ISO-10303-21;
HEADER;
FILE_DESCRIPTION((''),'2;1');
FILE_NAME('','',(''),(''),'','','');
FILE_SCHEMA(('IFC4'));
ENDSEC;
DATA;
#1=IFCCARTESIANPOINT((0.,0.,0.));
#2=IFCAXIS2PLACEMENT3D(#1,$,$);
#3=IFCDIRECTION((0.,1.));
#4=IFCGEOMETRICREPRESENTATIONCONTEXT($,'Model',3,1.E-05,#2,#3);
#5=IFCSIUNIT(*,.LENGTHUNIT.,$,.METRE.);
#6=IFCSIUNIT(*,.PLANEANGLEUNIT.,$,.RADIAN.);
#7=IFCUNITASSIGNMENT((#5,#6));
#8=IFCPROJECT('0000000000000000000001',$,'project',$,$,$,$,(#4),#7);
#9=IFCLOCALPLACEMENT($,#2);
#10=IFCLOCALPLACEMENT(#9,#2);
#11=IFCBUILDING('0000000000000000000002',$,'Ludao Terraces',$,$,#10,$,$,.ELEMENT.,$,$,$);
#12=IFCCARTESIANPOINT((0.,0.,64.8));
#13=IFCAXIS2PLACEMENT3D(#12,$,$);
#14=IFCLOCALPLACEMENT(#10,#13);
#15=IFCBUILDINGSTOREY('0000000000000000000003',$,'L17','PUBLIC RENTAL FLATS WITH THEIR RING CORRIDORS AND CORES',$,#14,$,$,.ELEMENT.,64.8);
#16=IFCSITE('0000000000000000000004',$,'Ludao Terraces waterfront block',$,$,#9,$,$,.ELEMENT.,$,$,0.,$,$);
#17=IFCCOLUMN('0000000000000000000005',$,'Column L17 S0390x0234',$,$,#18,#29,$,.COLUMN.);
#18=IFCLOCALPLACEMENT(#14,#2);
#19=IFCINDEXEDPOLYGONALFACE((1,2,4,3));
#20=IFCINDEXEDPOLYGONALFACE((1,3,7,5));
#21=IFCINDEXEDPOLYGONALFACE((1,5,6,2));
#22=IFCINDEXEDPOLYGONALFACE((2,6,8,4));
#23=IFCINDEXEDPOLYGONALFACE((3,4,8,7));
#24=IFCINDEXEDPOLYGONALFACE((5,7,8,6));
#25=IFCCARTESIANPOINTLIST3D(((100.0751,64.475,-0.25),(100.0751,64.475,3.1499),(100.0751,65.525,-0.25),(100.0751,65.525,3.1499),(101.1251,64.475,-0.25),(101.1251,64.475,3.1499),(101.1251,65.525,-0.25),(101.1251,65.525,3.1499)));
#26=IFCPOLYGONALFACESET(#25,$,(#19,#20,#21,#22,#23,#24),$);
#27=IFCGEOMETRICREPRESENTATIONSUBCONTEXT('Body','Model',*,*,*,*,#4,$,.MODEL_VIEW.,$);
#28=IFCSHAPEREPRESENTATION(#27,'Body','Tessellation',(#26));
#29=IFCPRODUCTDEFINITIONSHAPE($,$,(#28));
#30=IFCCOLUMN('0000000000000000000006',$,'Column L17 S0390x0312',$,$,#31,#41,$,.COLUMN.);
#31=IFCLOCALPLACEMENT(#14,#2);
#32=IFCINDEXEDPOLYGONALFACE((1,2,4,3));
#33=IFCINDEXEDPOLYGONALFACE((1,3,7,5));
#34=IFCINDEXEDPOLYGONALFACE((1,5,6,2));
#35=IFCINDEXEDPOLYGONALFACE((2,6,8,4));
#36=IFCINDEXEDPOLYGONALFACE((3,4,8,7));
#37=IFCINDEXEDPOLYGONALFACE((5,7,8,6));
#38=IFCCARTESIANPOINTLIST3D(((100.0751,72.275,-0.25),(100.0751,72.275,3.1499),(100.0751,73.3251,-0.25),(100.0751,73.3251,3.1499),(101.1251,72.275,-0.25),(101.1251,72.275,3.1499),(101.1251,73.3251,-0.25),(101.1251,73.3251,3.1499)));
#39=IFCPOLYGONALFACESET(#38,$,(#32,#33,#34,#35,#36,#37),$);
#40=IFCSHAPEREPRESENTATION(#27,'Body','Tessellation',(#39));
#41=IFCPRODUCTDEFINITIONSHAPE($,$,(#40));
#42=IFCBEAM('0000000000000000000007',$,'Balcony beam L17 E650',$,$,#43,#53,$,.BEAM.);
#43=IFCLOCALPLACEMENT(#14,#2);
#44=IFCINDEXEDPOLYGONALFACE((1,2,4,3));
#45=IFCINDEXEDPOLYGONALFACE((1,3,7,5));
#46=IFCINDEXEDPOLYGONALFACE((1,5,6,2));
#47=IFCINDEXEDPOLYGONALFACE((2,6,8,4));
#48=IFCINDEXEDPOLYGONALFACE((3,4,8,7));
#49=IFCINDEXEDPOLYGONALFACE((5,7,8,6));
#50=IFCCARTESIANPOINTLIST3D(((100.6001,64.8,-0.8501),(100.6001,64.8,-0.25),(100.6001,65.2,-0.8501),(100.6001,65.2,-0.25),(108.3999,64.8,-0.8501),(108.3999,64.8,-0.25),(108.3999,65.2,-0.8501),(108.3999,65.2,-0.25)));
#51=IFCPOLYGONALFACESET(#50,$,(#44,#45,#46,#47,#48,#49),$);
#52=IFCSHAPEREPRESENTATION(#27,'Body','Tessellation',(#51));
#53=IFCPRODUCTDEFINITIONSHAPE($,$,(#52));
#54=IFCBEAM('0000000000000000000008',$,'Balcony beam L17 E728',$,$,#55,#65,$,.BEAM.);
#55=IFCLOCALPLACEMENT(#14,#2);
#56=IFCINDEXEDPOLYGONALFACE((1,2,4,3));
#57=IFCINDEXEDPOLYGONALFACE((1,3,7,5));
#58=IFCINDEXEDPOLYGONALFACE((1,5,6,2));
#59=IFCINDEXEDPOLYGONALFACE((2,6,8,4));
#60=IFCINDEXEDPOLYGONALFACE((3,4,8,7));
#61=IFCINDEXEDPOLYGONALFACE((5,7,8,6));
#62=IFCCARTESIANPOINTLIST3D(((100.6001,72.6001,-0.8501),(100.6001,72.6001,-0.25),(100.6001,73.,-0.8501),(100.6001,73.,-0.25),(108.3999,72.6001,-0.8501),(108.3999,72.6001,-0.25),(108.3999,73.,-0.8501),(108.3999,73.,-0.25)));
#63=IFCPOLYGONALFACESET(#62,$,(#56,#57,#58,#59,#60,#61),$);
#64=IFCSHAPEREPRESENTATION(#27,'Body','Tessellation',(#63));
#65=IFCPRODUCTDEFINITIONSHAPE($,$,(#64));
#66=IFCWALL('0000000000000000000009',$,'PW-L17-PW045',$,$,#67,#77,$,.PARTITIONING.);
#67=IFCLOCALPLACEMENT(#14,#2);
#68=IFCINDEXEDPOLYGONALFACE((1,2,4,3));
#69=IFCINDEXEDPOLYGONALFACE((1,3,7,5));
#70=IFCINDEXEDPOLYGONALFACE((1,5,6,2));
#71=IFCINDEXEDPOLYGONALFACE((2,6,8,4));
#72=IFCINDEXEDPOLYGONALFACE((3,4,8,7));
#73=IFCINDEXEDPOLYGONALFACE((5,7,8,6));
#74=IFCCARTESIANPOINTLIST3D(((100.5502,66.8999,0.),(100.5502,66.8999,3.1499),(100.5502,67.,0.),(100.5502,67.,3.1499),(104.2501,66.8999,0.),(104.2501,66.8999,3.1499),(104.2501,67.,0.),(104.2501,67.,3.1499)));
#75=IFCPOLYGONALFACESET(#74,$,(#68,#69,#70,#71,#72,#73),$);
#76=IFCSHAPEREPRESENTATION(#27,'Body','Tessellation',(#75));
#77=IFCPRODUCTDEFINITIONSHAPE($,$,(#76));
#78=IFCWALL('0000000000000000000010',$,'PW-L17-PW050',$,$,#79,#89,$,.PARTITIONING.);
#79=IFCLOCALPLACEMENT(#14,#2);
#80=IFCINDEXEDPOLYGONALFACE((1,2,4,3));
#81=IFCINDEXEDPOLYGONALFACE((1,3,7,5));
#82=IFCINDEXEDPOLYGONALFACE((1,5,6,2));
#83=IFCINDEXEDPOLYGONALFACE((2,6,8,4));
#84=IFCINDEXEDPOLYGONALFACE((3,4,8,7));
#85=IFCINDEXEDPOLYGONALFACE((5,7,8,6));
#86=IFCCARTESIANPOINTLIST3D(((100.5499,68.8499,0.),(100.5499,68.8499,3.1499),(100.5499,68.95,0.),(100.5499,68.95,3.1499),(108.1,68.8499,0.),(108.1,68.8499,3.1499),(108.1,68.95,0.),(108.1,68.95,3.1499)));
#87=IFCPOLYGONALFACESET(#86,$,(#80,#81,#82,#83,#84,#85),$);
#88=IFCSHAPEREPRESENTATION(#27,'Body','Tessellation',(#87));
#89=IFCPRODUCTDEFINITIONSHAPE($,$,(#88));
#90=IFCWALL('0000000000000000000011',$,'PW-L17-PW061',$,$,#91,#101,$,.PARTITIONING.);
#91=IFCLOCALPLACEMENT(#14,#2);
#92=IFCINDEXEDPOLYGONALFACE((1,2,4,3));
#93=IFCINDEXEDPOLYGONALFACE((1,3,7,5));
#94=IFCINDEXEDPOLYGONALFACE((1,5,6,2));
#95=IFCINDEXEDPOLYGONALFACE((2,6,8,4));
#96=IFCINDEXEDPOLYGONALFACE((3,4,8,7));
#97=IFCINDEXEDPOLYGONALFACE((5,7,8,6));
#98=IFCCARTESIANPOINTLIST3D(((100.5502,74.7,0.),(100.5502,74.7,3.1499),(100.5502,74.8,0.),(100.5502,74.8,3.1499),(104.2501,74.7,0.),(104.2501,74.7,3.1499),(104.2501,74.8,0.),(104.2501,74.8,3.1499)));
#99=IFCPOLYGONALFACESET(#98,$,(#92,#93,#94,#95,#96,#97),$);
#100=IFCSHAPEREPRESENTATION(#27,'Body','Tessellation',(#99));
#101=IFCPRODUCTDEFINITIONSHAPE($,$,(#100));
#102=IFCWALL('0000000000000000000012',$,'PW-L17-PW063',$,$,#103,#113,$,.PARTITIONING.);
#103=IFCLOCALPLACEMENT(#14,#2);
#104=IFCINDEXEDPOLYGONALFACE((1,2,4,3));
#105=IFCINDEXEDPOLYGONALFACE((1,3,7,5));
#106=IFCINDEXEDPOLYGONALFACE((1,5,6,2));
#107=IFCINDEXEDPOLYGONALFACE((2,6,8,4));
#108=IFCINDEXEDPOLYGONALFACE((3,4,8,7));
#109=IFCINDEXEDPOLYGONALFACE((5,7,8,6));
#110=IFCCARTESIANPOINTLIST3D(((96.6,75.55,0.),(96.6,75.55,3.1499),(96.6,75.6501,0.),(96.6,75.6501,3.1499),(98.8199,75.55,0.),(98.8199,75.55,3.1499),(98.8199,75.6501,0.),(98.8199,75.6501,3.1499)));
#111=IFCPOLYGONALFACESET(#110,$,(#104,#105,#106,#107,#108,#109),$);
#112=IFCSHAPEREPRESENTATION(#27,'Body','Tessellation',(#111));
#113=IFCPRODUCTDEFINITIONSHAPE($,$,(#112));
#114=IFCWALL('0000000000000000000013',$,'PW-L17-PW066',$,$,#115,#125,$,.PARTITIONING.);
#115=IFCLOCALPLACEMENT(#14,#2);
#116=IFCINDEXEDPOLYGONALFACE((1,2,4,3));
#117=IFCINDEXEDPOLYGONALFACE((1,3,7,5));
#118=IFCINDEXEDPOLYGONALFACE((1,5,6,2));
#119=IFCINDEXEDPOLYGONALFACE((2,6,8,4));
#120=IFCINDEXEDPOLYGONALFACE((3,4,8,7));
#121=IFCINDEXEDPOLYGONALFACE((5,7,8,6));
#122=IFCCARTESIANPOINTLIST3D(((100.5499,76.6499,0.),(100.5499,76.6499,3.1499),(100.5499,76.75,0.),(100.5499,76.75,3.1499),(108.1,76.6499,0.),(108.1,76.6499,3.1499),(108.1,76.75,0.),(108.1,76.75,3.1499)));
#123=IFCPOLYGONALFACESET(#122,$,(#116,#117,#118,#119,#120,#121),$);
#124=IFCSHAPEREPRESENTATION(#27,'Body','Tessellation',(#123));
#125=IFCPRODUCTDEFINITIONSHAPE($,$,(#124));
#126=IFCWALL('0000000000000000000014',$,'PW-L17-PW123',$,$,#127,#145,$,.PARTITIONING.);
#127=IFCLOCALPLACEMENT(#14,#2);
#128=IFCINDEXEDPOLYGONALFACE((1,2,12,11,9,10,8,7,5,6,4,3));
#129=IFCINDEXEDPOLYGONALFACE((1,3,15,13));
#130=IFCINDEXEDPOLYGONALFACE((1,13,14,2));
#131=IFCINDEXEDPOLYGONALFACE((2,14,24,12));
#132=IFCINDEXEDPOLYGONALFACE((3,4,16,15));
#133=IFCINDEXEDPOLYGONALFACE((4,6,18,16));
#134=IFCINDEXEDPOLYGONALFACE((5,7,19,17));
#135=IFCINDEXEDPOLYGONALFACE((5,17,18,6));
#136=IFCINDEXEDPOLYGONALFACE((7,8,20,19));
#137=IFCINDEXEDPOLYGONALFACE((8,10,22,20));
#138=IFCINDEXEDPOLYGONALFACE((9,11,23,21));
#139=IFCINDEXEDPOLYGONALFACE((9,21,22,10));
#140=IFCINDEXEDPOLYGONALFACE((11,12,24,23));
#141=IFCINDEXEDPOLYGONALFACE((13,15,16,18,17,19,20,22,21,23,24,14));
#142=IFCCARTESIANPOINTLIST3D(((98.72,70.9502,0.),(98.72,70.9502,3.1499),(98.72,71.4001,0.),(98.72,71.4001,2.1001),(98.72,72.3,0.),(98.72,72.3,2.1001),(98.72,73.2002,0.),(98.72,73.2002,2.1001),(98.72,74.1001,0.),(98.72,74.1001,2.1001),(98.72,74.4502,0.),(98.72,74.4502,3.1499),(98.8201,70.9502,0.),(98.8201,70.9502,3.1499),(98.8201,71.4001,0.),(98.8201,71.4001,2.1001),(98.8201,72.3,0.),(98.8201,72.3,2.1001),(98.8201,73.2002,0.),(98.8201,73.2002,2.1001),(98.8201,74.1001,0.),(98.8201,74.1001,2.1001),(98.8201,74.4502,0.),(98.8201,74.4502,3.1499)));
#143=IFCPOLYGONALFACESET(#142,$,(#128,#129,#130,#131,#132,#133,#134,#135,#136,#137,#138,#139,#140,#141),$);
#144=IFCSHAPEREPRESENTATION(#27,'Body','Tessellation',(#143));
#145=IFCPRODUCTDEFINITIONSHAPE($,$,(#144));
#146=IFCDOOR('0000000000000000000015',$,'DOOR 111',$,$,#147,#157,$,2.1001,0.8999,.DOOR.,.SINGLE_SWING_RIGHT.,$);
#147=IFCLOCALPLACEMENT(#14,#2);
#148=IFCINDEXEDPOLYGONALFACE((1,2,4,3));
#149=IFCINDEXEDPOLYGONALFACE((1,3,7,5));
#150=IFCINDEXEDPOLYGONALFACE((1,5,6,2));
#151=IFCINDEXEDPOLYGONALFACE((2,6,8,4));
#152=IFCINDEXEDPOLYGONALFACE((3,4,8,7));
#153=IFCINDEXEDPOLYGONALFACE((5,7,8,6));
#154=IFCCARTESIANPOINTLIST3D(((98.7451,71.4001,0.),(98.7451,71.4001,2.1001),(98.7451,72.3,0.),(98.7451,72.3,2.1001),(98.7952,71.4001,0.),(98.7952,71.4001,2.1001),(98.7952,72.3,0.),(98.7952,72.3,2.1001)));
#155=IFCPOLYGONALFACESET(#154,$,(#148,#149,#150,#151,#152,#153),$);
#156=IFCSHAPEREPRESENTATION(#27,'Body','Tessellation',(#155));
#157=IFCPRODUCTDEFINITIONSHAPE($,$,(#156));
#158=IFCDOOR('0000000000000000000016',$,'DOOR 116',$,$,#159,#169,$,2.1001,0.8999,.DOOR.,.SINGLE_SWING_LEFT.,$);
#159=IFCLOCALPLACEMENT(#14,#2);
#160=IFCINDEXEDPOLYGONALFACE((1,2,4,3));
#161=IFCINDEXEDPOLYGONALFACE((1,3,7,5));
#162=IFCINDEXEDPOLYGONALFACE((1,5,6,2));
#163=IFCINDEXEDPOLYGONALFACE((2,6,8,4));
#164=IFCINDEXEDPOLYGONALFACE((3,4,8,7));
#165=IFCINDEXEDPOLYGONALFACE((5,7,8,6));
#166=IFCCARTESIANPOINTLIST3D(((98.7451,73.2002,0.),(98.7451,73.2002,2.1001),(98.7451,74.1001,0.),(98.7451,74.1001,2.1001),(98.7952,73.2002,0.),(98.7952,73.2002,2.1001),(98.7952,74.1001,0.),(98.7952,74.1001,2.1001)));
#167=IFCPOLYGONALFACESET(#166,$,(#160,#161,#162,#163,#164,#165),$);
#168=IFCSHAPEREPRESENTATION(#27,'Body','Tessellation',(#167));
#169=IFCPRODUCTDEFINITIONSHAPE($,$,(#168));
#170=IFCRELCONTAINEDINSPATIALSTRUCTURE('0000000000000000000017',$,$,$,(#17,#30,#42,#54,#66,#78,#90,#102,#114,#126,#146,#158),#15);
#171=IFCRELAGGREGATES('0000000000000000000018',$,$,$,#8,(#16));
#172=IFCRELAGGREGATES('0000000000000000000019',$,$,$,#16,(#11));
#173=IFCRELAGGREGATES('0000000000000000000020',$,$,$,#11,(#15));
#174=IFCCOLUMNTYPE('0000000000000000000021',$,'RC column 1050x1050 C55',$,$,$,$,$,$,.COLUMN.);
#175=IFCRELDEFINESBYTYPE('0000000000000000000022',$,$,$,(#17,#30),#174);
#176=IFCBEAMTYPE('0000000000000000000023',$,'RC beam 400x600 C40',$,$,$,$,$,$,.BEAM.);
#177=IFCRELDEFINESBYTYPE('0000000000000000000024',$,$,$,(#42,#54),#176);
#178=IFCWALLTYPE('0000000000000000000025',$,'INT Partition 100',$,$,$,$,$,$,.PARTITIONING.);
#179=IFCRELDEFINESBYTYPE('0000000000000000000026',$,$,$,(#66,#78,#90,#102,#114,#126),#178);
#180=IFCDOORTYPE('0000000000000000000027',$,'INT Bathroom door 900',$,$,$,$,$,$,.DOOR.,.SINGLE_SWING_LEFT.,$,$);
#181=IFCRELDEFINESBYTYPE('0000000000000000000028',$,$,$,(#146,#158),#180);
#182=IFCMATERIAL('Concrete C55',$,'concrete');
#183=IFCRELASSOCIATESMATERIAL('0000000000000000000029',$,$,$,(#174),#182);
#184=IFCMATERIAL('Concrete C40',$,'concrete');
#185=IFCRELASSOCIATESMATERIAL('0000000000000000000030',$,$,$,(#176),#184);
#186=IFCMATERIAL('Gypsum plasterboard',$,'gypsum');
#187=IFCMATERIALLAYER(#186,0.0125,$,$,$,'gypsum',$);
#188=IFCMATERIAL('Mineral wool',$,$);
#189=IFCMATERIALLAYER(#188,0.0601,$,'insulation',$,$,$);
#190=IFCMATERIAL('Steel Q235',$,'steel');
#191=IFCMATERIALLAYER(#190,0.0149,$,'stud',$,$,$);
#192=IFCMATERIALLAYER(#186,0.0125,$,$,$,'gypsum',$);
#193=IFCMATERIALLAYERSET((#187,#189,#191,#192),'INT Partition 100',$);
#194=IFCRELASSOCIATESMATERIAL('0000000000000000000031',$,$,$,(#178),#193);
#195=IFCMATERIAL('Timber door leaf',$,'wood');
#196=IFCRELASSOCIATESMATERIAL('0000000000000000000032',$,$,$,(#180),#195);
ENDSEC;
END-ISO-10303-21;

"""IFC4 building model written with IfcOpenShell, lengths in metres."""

from ifc_helpers import new_model, si_unit, direction, frame, frame_2d, origin, origin_2d, place, context, subcontext, project, spatial, rectangle, extrude, material, layer, layer_set, material_profile, profile_set, type_object, element, fill, save


model = new_model("IFC4")

# Units and contexts
model_context = context("Model", 3, precision=1e-05, world=origin(), true_north=direction((0.0, 1.0)))
body_context = subcontext(model_context, "Body", "Model", "MODEL_VIEW")
ifc_project = project(units=[si_unit("LENGTHUNIT", "METRE"), si_unit("PLANEANGLEUNIT", "RADIAN")], contexts=[model_context])

# Site, building, storey
site_placement = place(None, origin())
site = spatial("IfcSite", under=ifc_project, at=site_placement, Name="Ludao Terraces waterfront block", CompositionType="ELEMENT", RefElevation=0.0)
building_placement = place(site_placement, origin())
building = spatial("IfcBuilding", under=site, at=building_placement, Name="Ludao Terraces", CompositionType="ELEMENT")
storey_placement = place(building_placement, frame((0.0, 0.0, 64.8)))
storey = spatial("IfcBuildingStorey", under=building, at=storey_placement, Name="L17", Description="PUBLIC RENTAL FLATS WITH THEIR RING CORRIDORS AND CORES", CompositionType="ELEMENT", Elevation=64.8)

# Columns
ifc_material_1 = material(Name="Concrete C55", Category="concrete")
ifc_material_profile_1 = material_profile(ifc_material_1, rectangle(XDim=1.05, YDim=1.05, at=origin_2d()), Name="1050 X 1050")
ifc_profile_set_1 = profile_set([ifc_material_profile_1], Name="Concrete C55")
column_type = type_object("IfcColumnType", Name="RC column 1050x1050 C55", PredefinedType="COLUMN", material=ifc_profile_set_1)
for number, where, z_axis, x_axis, name in (
    (1, (100.6001, 65.0, -0.25), (0.0, 0.0, 1.0), (1.0, 0.0, 0.0), "Column L17 S0390x0234"),
    (2, (100.6001, 72.8, -0.25), (0.0, 0.0, 1.0), (1.0, 0.0, 0.0), "Column L17 S0390x0312"),
):
    element("IfcColumn", number, at=place(storey_placement, frame(where, z_axis=z_axis, x_axis=x_axis)), inside=storey, type_object=column_type, Name=name, PredefinedType="COLUMN", context=body_context, shape_type="SweptSolid", body=[
        extrude(rectangle(XDim=1.05, YDim=1.05, at=origin_2d()), origin(), (0.0, 0.0, 1.0), 3.3999),
    ])

# Beams
ifc_material_2 = material(Name="Concrete C40", Category="concrete")
ifc_material_profile_2 = material_profile(ifc_material_2, rectangle(XDim=0.3999, YDim=0.6001, at=origin_2d()), Name="400 X 600")
ifc_profile_set_2 = profile_set([ifc_material_profile_2], Name="Concrete C40")
beam_type = type_object("IfcBeamType", Name="RC beam 400x600 C40", PredefinedType="BEAM", material=ifc_profile_set_2)
for number, where, z_axis, x_axis, name in (
    (3, (100.6001, 65.0, -0.55), (1.0, 0.0, 0.0), (0.0, 1.0, 0.0), "Balcony beam L17 E650"),
    (4, (100.6001, 72.8, -0.55), (1.0, 0.0, 0.0), (0.0, 1.0, 0.0), "Balcony beam L17 E728"),
):
    element("IfcBeam", number, at=place(storey_placement, frame(where, z_axis=z_axis, x_axis=x_axis)), inside=storey, type_object=beam_type, Name=name, PredefinedType="BEAM", context=body_context, shape_type="SweptSolid", body=[
        extrude(rectangle(XDim=0.3999, YDim=0.6001, at=origin_2d()), origin(), (0.0, 0.0, 1.0), 7.7998),
    ])

# Walls
ifc_material_3 = material(Name="Gypsum plasterboard", Category="gypsum")
ifc_layer_1 = layer(ifc_material_3, 0.0125, Category="gypsum")
ifc_material_4 = material(Name="Mineral wool")
ifc_layer_2 = layer(ifc_material_4, 0.0601, Name="insulation")
ifc_material_5 = material(Name="Steel Q235", Category="steel")
ifc_layer_3 = layer(ifc_material_5, 0.0149, Name="stud")
ifc_layer_4 = layer(ifc_material_3, 0.0125, Category="gypsum")
ifc_layer_set_1 = layer_set([ifc_layer_1, ifc_layer_2, ifc_layer_3, ifc_layer_4], Name="INT Partition 100")
wall_type_1 = type_object("IfcWallType", Name="INT Partition 100", PredefinedType="PARTITIONING", material=ifc_layer_set_1)
wall_1_placement = place(storey_placement, frame((100.55, 66.95, 0.0), z_axis=(0.0, 0.0, 1.0), x_axis=(1.0, 0.0, 0.0)))
element("IfcWall", 5, at=wall_1_placement, inside=storey, type_object=wall_type_1, Name="PW-L17-PW045", PredefinedType="PARTITIONING", context=body_context, shape_type="SweptSolid", body=[
    extrude(rectangle(XDim=3.7, YDim=0.1001, at=frame_2d((1.8501, 0.0))), origin(), (0.0, 0.0, 1.0), 3.1499),
])
wall_2_placement = place(storey_placement, frame((100.55, 68.8999, 0.0), z_axis=(0.0, 0.0, 1.0), x_axis=(1.0, 0.0, 0.0)))
element("IfcWall", 6, at=wall_2_placement, inside=storey, type_object=wall_type_1, Name="PW-L17-PW050", PredefinedType="PARTITIONING", context=body_context, shape_type="SweptSolid", body=[
    extrude(rectangle(XDim=7.55, YDim=0.1001, at=frame_2d((3.7749, 0.0))), origin(), (0.0, 0.0, 1.0), 3.1499),
])
wall_3_placement = place(storey_placement, frame((100.55, 74.75, 0.0), z_axis=(0.0, 0.0, 1.0), x_axis=(1.0, 0.0, 0.0)))
element("IfcWall", 7, at=wall_3_placement, inside=storey, type_object=wall_type_1, Name="PW-L17-PW061", PredefinedType="PARTITIONING", context=body_context, shape_type="SweptSolid", body=[
    extrude(rectangle(XDim=3.7, YDim=0.1001, at=frame_2d((1.8501, 0.0))), origin(), (0.0, 0.0, 1.0), 3.1499),
])
wall_4_placement = place(storey_placement, frame((96.6001, 75.6001, 0.0), z_axis=(0.0, 0.0, 1.0), x_axis=(1.0, 0.0, 0.0)))
element("IfcWall", 8, at=wall_4_placement, inside=storey, type_object=wall_type_1, Name="PW-L17-PW063", PredefinedType="PARTITIONING", context=body_context, shape_type="SweptSolid", body=[
    extrude(rectangle(XDim=2.22, YDim=0.1001, at=frame_2d((1.1099, 0.0))), origin(), (0.0, 0.0, 1.0), 3.1499),
])
wall_5_placement = place(storey_placement, frame((100.55, 76.7, 0.0), z_axis=(0.0, 0.0, 1.0), x_axis=(1.0, 0.0, 0.0)))
element("IfcWall", 9, at=wall_5_placement, inside=storey, type_object=wall_type_1, Name="PW-L17-PW066", PredefinedType="PARTITIONING", context=body_context, shape_type="SweptSolid", body=[
    extrude(rectangle(XDim=7.55, YDim=0.1001, at=frame_2d((3.7749, 0.0))), origin(), (0.0, 0.0, 1.0), 3.1499),
])

# Wall, openings, doors
wall_6_placement = place(storey_placement, frame((98.77, 70.9502, 0.0), z_axis=(0.0, 0.0, 1.0), x_axis=(0.0, 1.0, 0.0)))
wall_6 = element("IfcWall", 10, at=wall_6_placement, inside=storey, type_object=wall_type_1, Name="PW-L17-PW123", PredefinedType="PARTITIONING", context=body_context, shape_type="SweptSolid", body=[
    extrude(rectangle(XDim=3.5, YDim=0.1001, at=frame_2d((1.75, 0.0))), origin(), (0.0, 0.0, 1.0), 3.1499),
])
opening_1_placement = place(wall_6_placement, frame((0.45, 0.0, 0.0)))
opening_1 = element("IfcOpeningElement", 11, at=opening_1_placement, cuts=wall_6, PredefinedType="OPENING", context=body_context, shape_type="SweptSolid", body=[
    extrude(rectangle(XDim=0.8999, YDim=2.1001, at=frame_2d((0.45, 1.05))), frame((0.0, 0.0601, 0.0), z_axis=(0.0, -1.0, 0.0), x_axis=(1.0, 0.0, 0.0)), (0.0, 0.0, 1.0), 0.1201),
])
opening_2_placement = place(wall_6_placement, frame((2.25, 0.0, 0.0)))
opening_2 = element("IfcOpeningElement", 12, at=opening_2_placement, cuts=wall_6, PredefinedType="OPENING", context=body_context, shape_type="SweptSolid", body=[
    extrude(rectangle(XDim=0.8999, YDim=2.1001, at=frame_2d((0.45, 1.05))), frame((0.0, 0.0601, 0.0), z_axis=(0.0, -1.0, 0.0), x_axis=(1.0, 0.0, 0.0)), (0.0, 0.0, 1.0), 0.1201),
])
ifc_material_6 = material(Name="Timber door leaf", Category="wood")
door_type_1 = type_object("IfcDoorType", Name="INT Bathroom door 900", OperationType="SINGLE_SWING_LEFT", PredefinedType="DOOR", material=ifc_material_6)
door_1_placement = place(opening_1_placement, origin())
door_1 = element("IfcDoor", 13, at=door_1_placement, inside=storey, type_object=door_type_1, Name="DOOR 111", OperationType="SINGLE_SWING_RIGHT", OverallHeight=2.1001, OverallWidth=0.8999, PredefinedType="DOOR", context=body_context, shape_type="SweptSolid", body=[
    extrude(rectangle(XDim=0.8999, YDim=2.1001, at=frame_2d((0.45, 1.05))), frame((0.0, 0.0249, 0.0), z_axis=(0.0, -1.0, 0.0), x_axis=(1.0, 0.0, 0.0)), (0.0, 0.0, 1.0), 0.05),
])
fill(opening_1, door_1)
door_2_placement = place(opening_2_placement, origin())
door_2 = element("IfcDoor", 14, at=door_2_placement, inside=storey, type_object=door_type_1, Name="DOOR 116", OperationType="SINGLE_SWING_LEFT", OverallHeight=2.1001, OverallWidth=0.8999, PredefinedType="DOOR", context=body_context, shape_type="SweptSolid", body=[
    extrude(rectangle(XDim=0.8999, YDim=2.1001, at=frame_2d((0.45, 1.05))), frame((0.0, 0.0249, 0.0), z_axis=(0.0, -1.0, 0.0), x_axis=(1.0, 0.0, 0.0)), (0.0, 0.0, 1.0), 0.05),
])
fill(opening_2, door_2)

save(model, "model.ifc")
